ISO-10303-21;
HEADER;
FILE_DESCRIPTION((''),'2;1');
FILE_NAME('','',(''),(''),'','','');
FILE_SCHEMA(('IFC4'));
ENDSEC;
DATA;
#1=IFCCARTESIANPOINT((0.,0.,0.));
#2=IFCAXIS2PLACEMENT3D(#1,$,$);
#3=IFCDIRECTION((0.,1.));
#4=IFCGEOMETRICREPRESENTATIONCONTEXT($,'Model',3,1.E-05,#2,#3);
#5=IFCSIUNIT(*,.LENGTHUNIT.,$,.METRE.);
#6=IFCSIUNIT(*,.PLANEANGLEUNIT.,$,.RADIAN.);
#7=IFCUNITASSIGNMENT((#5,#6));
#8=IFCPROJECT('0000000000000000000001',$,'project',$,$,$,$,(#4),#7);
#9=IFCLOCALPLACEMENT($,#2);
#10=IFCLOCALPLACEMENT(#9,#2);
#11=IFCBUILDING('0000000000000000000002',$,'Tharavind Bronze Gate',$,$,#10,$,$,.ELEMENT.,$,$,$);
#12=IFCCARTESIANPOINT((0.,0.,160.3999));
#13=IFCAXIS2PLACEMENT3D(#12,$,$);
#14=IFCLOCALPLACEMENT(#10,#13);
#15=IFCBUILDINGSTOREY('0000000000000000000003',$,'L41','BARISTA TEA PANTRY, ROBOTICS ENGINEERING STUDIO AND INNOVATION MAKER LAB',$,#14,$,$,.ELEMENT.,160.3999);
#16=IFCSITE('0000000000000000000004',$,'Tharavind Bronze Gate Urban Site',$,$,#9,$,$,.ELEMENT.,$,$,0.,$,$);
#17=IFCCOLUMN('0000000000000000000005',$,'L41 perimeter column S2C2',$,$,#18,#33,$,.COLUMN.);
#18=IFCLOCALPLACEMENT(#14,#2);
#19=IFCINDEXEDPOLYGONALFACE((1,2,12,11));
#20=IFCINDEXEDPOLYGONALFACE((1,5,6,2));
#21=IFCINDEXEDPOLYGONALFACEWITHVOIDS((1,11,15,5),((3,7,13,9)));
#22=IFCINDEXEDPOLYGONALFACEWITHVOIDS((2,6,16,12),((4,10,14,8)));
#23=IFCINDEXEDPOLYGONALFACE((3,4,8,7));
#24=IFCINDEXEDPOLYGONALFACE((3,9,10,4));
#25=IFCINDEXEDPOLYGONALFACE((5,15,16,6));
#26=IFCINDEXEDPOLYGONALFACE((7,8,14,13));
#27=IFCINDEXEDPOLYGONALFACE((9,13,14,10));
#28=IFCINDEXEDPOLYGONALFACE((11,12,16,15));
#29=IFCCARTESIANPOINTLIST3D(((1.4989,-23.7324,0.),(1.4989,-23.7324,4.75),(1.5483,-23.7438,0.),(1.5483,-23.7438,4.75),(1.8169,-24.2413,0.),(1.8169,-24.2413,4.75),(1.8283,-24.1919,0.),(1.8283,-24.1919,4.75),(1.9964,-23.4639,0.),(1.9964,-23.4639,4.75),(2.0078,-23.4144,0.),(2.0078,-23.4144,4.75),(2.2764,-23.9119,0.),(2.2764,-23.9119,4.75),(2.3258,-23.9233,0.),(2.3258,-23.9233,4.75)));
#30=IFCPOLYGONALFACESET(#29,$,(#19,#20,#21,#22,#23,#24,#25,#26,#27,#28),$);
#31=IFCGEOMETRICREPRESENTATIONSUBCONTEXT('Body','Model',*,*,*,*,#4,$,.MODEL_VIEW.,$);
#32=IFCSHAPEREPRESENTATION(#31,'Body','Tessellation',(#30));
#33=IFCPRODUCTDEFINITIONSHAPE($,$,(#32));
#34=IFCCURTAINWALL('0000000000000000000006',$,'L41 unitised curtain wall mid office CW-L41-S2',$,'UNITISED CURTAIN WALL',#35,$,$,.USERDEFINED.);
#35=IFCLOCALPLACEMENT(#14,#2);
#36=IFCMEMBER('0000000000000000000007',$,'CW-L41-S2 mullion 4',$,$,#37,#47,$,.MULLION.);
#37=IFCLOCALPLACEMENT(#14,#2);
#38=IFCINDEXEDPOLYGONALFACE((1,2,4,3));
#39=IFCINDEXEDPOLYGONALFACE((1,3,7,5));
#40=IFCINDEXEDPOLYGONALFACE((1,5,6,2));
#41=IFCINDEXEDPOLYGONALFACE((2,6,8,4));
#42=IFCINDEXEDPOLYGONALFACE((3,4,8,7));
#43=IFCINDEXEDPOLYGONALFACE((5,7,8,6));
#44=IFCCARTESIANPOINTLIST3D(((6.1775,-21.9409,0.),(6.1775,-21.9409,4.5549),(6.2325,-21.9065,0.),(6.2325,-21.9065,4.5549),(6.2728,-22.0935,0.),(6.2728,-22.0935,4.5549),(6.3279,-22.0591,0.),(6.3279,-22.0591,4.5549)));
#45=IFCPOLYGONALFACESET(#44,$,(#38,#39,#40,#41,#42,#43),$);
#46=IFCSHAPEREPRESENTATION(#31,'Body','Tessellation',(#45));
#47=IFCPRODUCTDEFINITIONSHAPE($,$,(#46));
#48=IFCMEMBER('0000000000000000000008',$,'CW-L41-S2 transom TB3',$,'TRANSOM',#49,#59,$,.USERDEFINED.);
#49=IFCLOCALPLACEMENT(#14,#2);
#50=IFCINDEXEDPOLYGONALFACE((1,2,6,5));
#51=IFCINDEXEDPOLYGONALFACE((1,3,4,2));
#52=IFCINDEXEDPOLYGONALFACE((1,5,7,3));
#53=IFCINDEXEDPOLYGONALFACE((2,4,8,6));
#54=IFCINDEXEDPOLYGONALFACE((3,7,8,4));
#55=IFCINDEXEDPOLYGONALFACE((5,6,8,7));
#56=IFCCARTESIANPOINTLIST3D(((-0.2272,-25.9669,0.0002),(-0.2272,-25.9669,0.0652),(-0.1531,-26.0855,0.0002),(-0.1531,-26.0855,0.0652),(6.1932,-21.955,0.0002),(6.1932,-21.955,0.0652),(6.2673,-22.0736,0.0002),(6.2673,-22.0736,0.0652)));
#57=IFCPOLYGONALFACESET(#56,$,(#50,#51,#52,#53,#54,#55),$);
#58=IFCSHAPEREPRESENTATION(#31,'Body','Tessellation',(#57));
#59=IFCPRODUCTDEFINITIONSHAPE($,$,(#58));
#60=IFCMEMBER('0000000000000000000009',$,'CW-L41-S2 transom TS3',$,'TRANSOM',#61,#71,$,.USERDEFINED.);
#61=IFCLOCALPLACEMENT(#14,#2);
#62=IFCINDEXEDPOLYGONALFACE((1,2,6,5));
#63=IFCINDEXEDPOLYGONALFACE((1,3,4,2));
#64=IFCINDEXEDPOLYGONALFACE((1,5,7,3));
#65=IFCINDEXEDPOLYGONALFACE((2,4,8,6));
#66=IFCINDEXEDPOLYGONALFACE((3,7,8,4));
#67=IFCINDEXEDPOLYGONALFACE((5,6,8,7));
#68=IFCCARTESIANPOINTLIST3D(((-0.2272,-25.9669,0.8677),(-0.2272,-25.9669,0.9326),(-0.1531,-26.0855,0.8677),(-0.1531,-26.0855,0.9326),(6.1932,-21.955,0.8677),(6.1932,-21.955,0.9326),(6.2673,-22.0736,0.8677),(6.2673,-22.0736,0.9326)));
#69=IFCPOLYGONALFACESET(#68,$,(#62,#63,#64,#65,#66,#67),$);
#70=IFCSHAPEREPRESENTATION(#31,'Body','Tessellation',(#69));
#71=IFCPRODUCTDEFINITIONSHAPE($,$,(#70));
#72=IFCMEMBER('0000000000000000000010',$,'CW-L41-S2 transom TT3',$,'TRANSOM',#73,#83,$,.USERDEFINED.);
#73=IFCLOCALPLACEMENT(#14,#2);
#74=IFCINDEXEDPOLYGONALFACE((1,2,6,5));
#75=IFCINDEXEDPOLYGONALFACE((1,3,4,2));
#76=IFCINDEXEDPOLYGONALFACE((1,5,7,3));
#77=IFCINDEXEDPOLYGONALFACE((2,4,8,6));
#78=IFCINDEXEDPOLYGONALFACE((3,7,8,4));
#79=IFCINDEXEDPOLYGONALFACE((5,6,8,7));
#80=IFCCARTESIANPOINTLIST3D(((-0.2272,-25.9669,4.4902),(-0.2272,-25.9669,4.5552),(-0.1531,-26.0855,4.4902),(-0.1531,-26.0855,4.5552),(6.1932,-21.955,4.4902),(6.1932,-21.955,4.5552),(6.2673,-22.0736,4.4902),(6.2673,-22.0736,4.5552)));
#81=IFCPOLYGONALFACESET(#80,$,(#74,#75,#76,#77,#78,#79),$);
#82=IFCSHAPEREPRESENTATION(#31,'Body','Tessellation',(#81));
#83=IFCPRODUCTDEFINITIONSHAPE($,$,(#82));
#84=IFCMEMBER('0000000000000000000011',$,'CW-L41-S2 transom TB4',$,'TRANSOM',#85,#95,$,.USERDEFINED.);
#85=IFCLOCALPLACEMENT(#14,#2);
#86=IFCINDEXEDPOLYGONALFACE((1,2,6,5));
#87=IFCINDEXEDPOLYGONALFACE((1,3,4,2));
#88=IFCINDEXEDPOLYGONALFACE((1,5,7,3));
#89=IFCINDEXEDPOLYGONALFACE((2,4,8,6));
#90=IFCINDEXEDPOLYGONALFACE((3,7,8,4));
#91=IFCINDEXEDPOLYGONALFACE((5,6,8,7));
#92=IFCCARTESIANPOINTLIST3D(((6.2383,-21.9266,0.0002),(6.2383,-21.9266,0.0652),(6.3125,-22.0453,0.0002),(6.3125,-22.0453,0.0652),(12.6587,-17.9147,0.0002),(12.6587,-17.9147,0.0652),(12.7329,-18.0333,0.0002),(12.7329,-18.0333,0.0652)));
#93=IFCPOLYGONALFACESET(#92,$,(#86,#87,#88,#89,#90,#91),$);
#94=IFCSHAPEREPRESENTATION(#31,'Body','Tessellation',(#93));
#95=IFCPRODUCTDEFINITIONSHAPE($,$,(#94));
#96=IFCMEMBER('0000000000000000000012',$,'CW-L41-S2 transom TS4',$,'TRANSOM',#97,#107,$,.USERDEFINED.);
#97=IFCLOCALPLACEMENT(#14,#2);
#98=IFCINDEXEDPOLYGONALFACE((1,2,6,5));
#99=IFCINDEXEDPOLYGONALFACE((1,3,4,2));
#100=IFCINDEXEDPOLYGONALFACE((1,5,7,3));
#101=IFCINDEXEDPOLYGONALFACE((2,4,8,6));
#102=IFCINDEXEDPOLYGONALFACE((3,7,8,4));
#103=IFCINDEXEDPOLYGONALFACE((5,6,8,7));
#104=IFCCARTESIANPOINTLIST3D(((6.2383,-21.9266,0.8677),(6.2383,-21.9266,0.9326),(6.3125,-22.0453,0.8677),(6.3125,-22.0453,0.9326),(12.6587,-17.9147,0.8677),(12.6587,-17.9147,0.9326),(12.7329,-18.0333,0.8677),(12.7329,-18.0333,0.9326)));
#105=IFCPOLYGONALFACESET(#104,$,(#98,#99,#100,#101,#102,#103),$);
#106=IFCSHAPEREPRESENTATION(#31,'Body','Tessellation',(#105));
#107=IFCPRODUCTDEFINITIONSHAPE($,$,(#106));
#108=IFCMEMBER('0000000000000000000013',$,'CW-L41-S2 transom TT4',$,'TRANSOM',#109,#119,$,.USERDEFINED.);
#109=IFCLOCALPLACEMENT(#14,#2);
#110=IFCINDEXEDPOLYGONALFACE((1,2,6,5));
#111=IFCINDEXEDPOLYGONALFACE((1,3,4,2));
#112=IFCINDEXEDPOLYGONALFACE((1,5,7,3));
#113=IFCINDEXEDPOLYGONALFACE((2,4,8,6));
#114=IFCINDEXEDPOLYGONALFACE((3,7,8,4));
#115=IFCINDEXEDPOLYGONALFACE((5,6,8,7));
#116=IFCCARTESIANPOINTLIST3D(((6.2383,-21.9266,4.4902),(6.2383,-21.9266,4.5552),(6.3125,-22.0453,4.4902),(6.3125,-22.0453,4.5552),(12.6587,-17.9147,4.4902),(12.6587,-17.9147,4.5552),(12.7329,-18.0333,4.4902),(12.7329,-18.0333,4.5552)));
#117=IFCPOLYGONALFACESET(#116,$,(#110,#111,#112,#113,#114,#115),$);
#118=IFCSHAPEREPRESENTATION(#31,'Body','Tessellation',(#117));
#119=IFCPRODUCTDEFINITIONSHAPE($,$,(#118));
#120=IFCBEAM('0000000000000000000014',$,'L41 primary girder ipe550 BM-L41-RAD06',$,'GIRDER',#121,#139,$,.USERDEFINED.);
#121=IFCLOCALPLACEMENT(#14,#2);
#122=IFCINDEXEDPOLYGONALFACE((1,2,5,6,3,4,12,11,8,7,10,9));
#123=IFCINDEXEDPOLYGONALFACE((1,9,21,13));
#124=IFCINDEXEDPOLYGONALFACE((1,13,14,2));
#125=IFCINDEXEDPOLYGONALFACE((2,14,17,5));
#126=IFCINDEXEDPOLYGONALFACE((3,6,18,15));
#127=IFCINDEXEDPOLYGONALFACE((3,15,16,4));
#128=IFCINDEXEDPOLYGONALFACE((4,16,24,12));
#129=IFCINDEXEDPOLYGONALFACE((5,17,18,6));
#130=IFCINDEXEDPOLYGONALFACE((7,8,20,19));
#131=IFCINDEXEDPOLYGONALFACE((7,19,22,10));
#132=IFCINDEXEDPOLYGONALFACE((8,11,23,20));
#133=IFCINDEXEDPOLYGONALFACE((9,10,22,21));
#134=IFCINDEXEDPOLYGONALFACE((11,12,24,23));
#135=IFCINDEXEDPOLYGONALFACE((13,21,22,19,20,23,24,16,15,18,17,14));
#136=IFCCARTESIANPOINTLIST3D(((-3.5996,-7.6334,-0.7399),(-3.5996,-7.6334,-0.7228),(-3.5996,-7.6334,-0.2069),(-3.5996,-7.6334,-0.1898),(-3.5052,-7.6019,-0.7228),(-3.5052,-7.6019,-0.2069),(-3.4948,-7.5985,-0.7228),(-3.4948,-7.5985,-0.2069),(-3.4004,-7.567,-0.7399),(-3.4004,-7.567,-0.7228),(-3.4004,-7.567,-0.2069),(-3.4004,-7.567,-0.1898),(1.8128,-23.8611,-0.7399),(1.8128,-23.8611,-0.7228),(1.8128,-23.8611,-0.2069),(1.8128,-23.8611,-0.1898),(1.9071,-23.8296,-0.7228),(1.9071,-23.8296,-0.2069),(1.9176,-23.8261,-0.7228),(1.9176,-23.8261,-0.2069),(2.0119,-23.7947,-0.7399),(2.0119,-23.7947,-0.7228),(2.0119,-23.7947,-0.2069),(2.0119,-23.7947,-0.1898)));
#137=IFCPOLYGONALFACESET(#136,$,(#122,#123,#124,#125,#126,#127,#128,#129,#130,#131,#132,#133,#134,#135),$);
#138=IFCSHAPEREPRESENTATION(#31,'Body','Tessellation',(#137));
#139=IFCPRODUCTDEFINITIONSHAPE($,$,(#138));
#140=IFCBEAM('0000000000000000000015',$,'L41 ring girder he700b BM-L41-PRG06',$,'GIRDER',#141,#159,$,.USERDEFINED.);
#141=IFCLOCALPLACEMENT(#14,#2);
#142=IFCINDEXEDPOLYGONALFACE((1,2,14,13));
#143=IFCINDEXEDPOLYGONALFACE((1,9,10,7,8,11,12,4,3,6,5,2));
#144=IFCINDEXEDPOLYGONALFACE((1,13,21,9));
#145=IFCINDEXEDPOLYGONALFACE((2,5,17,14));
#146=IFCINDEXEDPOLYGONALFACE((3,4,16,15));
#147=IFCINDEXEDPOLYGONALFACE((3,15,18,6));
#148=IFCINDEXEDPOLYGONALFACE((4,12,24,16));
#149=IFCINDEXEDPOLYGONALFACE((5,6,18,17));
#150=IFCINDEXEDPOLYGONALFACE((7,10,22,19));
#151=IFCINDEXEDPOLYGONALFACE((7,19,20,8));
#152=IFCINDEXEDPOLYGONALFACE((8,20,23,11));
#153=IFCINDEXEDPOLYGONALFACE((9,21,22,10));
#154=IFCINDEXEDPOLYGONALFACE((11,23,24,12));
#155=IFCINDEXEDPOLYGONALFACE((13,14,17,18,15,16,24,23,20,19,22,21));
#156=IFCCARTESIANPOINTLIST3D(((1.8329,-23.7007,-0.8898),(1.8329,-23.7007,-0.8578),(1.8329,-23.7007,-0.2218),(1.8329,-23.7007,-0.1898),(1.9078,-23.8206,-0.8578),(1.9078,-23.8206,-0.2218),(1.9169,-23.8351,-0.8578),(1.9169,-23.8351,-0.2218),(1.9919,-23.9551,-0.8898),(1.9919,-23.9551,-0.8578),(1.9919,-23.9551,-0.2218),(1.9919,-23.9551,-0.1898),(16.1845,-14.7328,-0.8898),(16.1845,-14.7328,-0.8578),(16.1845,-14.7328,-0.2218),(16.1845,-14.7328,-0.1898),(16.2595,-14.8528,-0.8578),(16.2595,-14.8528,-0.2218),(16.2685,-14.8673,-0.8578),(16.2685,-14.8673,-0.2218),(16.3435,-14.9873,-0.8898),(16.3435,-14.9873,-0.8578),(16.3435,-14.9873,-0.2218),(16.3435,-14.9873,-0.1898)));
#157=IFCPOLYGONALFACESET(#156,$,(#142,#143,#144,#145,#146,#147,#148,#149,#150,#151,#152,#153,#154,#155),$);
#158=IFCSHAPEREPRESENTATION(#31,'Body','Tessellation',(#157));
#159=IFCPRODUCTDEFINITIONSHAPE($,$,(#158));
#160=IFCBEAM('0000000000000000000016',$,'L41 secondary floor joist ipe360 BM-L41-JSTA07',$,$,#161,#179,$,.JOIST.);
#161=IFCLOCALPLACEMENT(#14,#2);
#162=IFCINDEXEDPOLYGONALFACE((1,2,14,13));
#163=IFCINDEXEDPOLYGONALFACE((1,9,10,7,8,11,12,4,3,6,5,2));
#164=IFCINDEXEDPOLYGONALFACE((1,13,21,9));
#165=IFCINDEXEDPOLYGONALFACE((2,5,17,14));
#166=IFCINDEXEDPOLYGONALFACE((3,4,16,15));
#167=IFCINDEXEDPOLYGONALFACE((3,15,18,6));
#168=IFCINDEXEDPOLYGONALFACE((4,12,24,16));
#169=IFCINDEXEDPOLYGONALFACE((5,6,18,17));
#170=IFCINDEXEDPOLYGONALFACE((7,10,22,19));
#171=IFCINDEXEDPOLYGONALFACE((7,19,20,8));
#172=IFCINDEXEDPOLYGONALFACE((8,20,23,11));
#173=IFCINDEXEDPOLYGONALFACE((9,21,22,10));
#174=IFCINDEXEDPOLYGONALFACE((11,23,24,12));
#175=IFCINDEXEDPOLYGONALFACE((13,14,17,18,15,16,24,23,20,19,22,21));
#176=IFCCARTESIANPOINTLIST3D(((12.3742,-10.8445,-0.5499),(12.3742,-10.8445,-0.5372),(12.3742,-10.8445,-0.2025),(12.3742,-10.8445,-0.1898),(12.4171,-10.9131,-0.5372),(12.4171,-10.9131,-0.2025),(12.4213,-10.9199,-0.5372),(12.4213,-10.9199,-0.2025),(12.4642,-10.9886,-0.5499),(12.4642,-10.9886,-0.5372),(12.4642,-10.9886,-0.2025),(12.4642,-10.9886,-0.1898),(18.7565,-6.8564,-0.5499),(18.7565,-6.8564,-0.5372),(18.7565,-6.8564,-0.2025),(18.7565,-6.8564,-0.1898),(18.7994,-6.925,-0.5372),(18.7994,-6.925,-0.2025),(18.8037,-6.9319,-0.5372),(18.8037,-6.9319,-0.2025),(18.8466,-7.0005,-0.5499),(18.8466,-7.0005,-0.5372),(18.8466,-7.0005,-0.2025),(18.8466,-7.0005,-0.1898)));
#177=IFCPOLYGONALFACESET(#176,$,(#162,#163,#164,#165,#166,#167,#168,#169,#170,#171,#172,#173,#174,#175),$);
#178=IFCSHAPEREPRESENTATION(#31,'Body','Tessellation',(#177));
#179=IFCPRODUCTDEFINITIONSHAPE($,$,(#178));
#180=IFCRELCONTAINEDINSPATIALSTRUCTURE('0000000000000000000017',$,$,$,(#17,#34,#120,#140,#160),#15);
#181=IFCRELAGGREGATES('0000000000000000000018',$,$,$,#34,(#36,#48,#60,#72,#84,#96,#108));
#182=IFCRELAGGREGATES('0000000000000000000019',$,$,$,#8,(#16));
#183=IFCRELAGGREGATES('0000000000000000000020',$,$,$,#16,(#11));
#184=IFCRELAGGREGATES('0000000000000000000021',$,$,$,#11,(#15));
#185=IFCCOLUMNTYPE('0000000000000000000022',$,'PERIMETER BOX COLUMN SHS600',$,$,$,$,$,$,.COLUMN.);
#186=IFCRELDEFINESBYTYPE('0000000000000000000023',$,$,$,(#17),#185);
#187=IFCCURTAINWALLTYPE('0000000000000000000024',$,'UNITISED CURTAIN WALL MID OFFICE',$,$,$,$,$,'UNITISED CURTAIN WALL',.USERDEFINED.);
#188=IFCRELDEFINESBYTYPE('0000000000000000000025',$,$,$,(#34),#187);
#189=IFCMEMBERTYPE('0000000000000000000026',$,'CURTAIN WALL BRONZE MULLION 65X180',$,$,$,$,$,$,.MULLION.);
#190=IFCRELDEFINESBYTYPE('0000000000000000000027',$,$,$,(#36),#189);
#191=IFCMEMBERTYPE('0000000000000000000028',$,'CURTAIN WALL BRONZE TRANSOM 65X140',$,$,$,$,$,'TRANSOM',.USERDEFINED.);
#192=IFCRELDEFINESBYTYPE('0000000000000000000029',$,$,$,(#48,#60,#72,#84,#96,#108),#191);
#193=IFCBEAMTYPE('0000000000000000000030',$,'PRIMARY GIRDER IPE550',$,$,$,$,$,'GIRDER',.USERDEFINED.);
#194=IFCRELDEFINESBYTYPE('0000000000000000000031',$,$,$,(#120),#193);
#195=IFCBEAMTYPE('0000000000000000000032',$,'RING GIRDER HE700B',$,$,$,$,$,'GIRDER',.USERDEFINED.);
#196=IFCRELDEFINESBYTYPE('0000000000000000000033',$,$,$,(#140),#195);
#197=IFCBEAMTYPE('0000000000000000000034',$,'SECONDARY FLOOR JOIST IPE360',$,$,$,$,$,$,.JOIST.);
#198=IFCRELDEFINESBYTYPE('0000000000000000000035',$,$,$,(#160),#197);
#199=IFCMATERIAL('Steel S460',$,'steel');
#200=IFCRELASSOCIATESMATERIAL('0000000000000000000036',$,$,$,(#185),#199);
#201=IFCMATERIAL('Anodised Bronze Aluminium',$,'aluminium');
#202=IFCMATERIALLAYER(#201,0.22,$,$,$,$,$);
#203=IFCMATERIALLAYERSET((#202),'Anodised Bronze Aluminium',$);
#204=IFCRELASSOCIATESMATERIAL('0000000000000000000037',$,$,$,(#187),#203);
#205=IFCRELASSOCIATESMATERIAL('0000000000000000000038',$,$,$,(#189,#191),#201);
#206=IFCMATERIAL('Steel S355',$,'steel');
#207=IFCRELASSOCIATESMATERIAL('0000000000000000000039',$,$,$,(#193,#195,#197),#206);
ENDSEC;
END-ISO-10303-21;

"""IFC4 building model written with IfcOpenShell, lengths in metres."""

from ifc_helpers import new_model, si_unit, direction, frame, origin, origin_2d, place, context, subcontext, project, spatial, rectangle, hollow_rectangle, i_section, extrude, material, layer, layer_set, material_profile, profile_set, type_object, element, aggregate, save


model = new_model("IFC4")

# Units and contexts
model_context = context("Model", 3, precision=1e-05, world=origin(), true_north=direction((0.0, 1.0)))
body_context = subcontext(model_context, "Body", "Model", "MODEL_VIEW")
ifc_project = project(units=[si_unit("LENGTHUNIT", "METRE"), si_unit("PLANEANGLEUNIT", "RADIAN")], contexts=[model_context])

# Site, building, storey
site_placement = place(None, origin())
site = spatial("IfcSite", under=ifc_project, at=site_placement, Name="Tharavind Bronze Gate Urban Site", CompositionType="ELEMENT", RefElevation=0.0)
building_placement = place(site_placement, origin())
building = spatial("IfcBuilding", under=site, at=building_placement, Name="Tharavind Bronze Gate", CompositionType="ELEMENT")
storey_placement = place(building_placement, frame((0.0, 0.0, 160.3999)))
storey = spatial("IfcBuildingStorey", under=building, at=storey_placement, Name="L41", Description="BARISTA TEA PANTRY, ROBOTICS ENGINEERING STUDIO AND INNOVATION MAKER LAB", CompositionType="ELEMENT", Elevation=160.3999)

# Column
ifc_material_1 = material(Name="Steel S460", Category="steel")
ifc_material_profile_1 = material_profile(ifc_material_1, hollow_rectangle(XDim=0.6001, YDim=0.6001, WallThickness=0.0359, at=origin_2d()), Name="SHS600X36")
ifc_profile_set_1 = profile_set([ifc_material_profile_1], Name="Steel S460")
column_type = type_object("IfcColumnType", Name="PERIMETER BOX COLUMN SHS600", PredefinedType="COLUMN", material=ifc_profile_set_1)
column_placement = place(storey_placement, frame((1.9124, -23.8279, 0.0), z_axis=(0.0, 0.0, 1.0), x_axis=(0.848047, 0.529921, 0.0)))
element("IfcColumn", 1, at=column_placement, inside=storey, type_object=column_type, Name="L41 perimeter column S2C2", PredefinedType="COLUMN", context=body_context, shape_type="SweptSolid", body=[
    extrude(hollow_rectangle(XDim=0.6001, YDim=0.6001, WallThickness=0.0359, at=origin_2d()), origin(), (0.0, 0.0, 1.0), 4.75),
])

# Curtain wall, members
ifc_material_2 = material(Name="Anodised Bronze Aluminium", Category="aluminium")
ifc_layer_1 = layer(ifc_material_2, 0.22)
ifc_layer_set_1 = layer_set([ifc_layer_1], Name="Anodised Bronze Aluminium")
curtain_wall_type = type_object("IfcCurtainWallType", Name="UNITISED CURTAIN WALL MID OFFICE", ElementType="UNITISED CURTAIN WALL", PredefinedType="USERDEFINED", material=ifc_layer_set_1)
curtain_wall_placement = place(storey_placement, origin())
curtain_wall = element("IfcCurtainWall", 2, at=curtain_wall_placement, inside=storey, type_object=curtain_wall_type, Name="L41 unitised curtain wall mid office CW-L41-S2", ObjectType="UNITISED CURTAIN WALL", PredefinedType="USERDEFINED")
member_type_1 = type_object("IfcMemberType", Name="CURTAIN WALL BRONZE MULLION 65X180", PredefinedType="MULLION", material=ifc_material_2)
member_1_placement = place(storey_placement, frame((6.2527, -22.0, 0.0), z_axis=(0.0, 0.0, 1.0), x_axis=(0.848048, 0.529919, 0.0)))
member_1 = element("IfcMember", 3, at=member_1_placement, type_object=member_type_1, Name="CW-L41-S2 mullion 4", PredefinedType="MULLION", context=body_context, shape_type="SweptSolid", body=[
    extrude(rectangle(XDim=0.0649, YDim=0.1799, at=origin_2d()), origin(), (0.0, 0.0, 1.0), 4.5549),
])
member_type_2 = type_object("IfcMemberType", Name="CURTAIN WALL BRONZE TRANSOM 65X140", ElementType="TRANSOM", PredefinedType="USERDEFINED", material=ifc_material_2)
member_2_placement = place(storey_placement, frame((3.02, -24.0203, 0.0002), z_axis=(0.0, 0.0, 1.0), x_axis=(0.848048, 0.529919, 0.0)))
member_2 = element("IfcMember", 4, at=member_2_placement, type_object=member_type_2, Name="CW-L41-S2 transom TB3", ObjectType="TRANSOM", PredefinedType="USERDEFINED", context=body_context, shape_type="SweptSolid", body=[
    extrude(rectangle(XDim=7.5708, YDim=0.1399, at=origin_2d()), origin(), (0.0, 0.0, 1.0), 0.0649),
])
member_3_placement = place(storey_placement, frame((3.02, -24.0203, 0.8677), z_axis=(0.0, 0.0, 1.0), x_axis=(0.848048, 0.529919, 0.0)))
member_3 = element("IfcMember", 5, at=member_3_placement, type_object=member_type_2, Name="CW-L41-S2 transom TS3", ObjectType="TRANSOM", PredefinedType="USERDEFINED", context=body_context, shape_type="SweptSolid", body=[
    extrude(rectangle(XDim=7.5708, YDim=0.1399, at=origin_2d()), origin(), (0.0, 0.0, 1.0), 0.0649),
])
member_4_placement = place(storey_placement, frame((3.02, -24.0203, 4.4902), z_axis=(0.0, 0.0, 1.0), x_axis=(0.848048, 0.529919, 0.0)))
member_4 = element("IfcMember", 6, at=member_4_placement, type_object=member_type_2, Name="CW-L41-S2 transom TT3", ObjectType="TRANSOM", PredefinedType="USERDEFINED", context=body_context, shape_type="SweptSolid", body=[
    extrude(rectangle(XDim=7.5708, YDim=0.1399, at=origin_2d()), origin(), (0.0, 0.0, 1.0), 0.0649),
])
member_5_placement = place(storey_placement, frame((9.4856, -19.98, 0.0002), z_axis=(0.0, 0.0, 1.0), x_axis=(0.848048, 0.529919, 0.0)))
member_5 = element("IfcMember", 7, at=member_5_placement, type_object=member_type_2, Name="CW-L41-S2 transom TB4", ObjectType="TRANSOM", PredefinedType="USERDEFINED", context=body_context, shape_type="SweptSolid", body=[
    extrude(rectangle(XDim=7.5708, YDim=0.1399, at=origin_2d()), origin(), (0.0, 0.0, 1.0), 0.0649),
])
member_6_placement = place(storey_placement, frame((9.4856, -19.98, 0.8677), z_axis=(0.0, 0.0, 1.0), x_axis=(0.848048, 0.529919, 0.0)))
member_6 = element("IfcMember", 8, at=member_6_placement, type_object=member_type_2, Name="CW-L41-S2 transom TS4", ObjectType="TRANSOM", PredefinedType="USERDEFINED", context=body_context, shape_type="SweptSolid", body=[
    extrude(rectangle(XDim=7.5708, YDim=0.1399, at=origin_2d()), origin(), (0.0, 0.0, 1.0), 0.0649),
])
member_7_placement = place(storey_placement, frame((9.4856, -19.98, 4.4902), z_axis=(0.0, 0.0, 1.0), x_axis=(0.848048, 0.529919, 0.0)))
member_7 = element("IfcMember", 9, at=member_7_placement, type_object=member_type_2, Name="CW-L41-S2 transom TT4", ObjectType="TRANSOM", PredefinedType="USERDEFINED", context=body_context, shape_type="SweptSolid", body=[
    extrude(rectangle(XDim=7.5708, YDim=0.1399, at=origin_2d()), origin(), (0.0, 0.0, 1.0), 0.0649),
])

# Beams
ifc_material_3 = material(Name="Steel S355", Category="steel")
ifc_material_profile_2 = material_profile(ifc_material_3, i_section(OverallWidth=0.21, OverallDepth=0.55, WebThickness=0.011, FlangeThickness=0.0171, at=origin_2d()), Name="IPE550")
ifc_profile_set_2 = profile_set([ifc_material_profile_2], Name="Steel S355")
beam_type_1 = type_object("IfcBeamType", Name="PRIMARY GIRDER IPE550", ElementType="GIRDER", PredefinedType="USERDEFINED", material=ifc_profile_set_2)
beam_1_placement = place(storey_placement, frame((1.9124, -23.8279, -0.4648), z_axis=(-0.31639, 0.948629, 0.0), x_axis=(-0.948629, -0.31639, 0.0)))
element("IfcBeam", 10, at=beam_1_placement, inside=storey, type_object=beam_type_1, Name="L41 primary girder ipe550 BM-L41-RAD06", ObjectType="GIRDER", PredefinedType="USERDEFINED", context=body_context, shape_type="SweptSolid", body=[
    extrude(i_section(OverallWidth=0.21, OverallDepth=0.55, WebThickness=0.011, FlangeThickness=0.0171, at=origin_2d()), origin(), (0.0, 0.0, 1.0), 17.1064),
])
ifc_material_profile_3 = material_profile(ifc_material_3, i_section(OverallWidth=0.3, OverallDepth=0.7, WebThickness=0.0171, FlangeThickness=0.032, at=origin_2d()), Name="HE700B")
ifc_profile_set_3 = profile_set([ifc_material_profile_3], Name="Steel S355")
beam_type_2 = type_object("IfcBeamType", Name="RING GIRDER HE700B", ElementType="GIRDER", PredefinedType="USERDEFINED", material=ifc_profile_set_3)
beam_2_placement = place(storey_placement, frame((1.9124, -23.8279, -0.5398), z_axis=(0.84805, 0.529916, 0.0), x_axis=(-0.529916, 0.84805, 0.0)))
element("IfcBeam", 11, at=beam_2_placement, inside=storey, type_object=beam_type_2, Name="L41 ring girder he700b BM-L41-PRG06", ObjectType="GIRDER", PredefinedType="USERDEFINED", context=body_context, shape_type="SweptSolid", body=[
    extrude(i_section(OverallWidth=0.3, OverallDepth=0.7, WebThickness=0.0171, FlangeThickness=0.032, at=origin_2d()), origin(), (0.0, 0.0, 1.0), 16.9231),
])
ifc_material_profile_4 = material_profile(ifc_material_3, i_section(OverallWidth=0.1699, OverallDepth=0.3601, WebThickness=0.0081, FlangeThickness=0.0127, at=origin_2d()), Name="IPE360")
ifc_profile_set_4 = profile_set([ifc_material_profile_4], Name="Steel S355")
beam_type_3 = type_object("IfcBeamType", Name="SECONDARY FLOOR JOIST IPE360", PredefinedType="JOIST", material=ifc_profile_set_4)
beam_3_placement = place(storey_placement, frame((12.4192, -10.9165, -0.3699), z_axis=(0.848053, 0.529911, 0.0), x_axis=(-0.529911, 0.848053, 0.0)))
element("IfcBeam", 12, at=beam_3_placement, inside=storey, type_object=beam_type_3, Name="L41 secondary floor joist ipe360 BM-L41-JSTA07", PredefinedType="JOIST", context=body_context, shape_type="SweptSolid", body=[
    extrude(i_section(OverallWidth=0.1699, OverallDepth=0.3601, WebThickness=0.0081, FlangeThickness=0.0127, at=origin_2d()), origin(), (0.0, 0.0, 1.0), 7.5259),
])

aggregate(curtain_wall, [member_1, member_2, member_3, member_4, member_5, member_6, member_7])

save(model, "model.ifc")
